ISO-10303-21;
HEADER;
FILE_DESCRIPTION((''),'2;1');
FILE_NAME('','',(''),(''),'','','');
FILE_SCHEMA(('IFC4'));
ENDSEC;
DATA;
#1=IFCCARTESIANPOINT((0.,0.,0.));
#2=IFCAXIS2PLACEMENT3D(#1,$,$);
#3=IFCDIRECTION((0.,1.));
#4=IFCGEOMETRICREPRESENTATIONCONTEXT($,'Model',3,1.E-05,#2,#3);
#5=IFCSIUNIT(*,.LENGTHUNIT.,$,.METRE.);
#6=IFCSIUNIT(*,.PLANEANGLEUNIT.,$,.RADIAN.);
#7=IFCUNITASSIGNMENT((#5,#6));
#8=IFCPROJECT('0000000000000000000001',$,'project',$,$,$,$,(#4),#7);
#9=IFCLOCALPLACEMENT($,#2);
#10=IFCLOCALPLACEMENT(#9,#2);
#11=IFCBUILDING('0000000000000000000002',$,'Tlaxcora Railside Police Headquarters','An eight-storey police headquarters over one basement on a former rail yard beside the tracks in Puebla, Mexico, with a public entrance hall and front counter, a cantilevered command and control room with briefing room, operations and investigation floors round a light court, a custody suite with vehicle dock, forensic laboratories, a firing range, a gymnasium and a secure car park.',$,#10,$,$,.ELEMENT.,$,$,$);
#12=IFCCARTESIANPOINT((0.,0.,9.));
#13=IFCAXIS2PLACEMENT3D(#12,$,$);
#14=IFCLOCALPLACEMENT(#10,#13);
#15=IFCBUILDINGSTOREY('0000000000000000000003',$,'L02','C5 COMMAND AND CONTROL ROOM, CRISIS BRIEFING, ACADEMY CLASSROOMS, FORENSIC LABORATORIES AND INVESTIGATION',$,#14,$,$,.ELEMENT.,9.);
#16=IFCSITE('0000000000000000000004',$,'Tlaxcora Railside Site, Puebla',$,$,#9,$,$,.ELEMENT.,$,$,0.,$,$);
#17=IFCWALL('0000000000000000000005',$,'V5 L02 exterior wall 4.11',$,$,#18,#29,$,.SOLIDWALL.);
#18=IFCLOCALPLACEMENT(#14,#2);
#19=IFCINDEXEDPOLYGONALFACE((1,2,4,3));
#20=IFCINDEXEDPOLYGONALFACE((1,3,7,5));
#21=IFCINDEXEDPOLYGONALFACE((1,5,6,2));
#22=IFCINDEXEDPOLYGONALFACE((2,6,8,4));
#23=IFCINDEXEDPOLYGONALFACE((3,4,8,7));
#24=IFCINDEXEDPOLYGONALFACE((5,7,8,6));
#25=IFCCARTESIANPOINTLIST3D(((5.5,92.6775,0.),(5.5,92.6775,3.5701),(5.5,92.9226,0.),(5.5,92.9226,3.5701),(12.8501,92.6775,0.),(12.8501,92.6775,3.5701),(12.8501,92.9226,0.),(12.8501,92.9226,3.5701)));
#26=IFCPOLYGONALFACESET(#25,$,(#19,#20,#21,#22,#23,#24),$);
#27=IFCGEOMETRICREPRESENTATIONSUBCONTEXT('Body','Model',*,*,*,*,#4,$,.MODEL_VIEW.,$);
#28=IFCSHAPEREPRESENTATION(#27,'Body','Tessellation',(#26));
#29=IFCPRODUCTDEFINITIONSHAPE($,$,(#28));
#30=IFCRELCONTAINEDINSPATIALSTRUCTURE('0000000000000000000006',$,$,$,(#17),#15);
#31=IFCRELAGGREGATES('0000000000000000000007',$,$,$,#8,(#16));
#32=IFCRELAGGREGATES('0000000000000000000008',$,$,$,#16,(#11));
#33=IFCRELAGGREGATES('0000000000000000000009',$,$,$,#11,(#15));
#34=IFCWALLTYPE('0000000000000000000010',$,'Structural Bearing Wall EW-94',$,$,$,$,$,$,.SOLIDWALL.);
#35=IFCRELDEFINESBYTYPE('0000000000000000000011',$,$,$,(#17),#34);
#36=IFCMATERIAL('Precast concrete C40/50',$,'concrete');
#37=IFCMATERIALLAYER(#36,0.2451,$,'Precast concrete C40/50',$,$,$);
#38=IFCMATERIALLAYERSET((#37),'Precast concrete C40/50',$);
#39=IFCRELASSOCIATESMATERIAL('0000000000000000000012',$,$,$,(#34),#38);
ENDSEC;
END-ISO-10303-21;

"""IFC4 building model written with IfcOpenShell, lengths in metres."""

from ifc_helpers import new_model, si_unit, direction, frame, frame_2d, origin, place, context, subcontext, project, spatial, rectangle, extrude, material, layer, layer_set, type_object, element, save


model = new_model("IFC4")

# Units and contexts
model_context = context("Model", 3, precision=1e-05, world=origin(), true_north=direction((0.0, 1.0)))
body_context = subcontext(model_context, "Body", "Model", "MODEL_VIEW")
ifc_project = project(units=[si_unit("LENGTHUNIT", "METRE"), si_unit("PLANEANGLEUNIT", "RADIAN")], contexts=[model_context])

# Site, building, storey
site_placement = place(None, origin())
site = spatial("IfcSite", under=ifc_project, at=site_placement, Name="Tlaxcora Railside Site, Puebla", CompositionType="ELEMENT", RefElevation=0.0)
building_placement = place(site_placement, origin())
building = spatial("IfcBuilding", under=site, at=building_placement, Name="Tlaxcora Railside Police Headquarters", Description="An eight-storey police headquarters over one basement on a former rail yard beside the tracks in Puebla, Mexico, with a public entrance hall and front counter, a cantilevered command and control room with briefing room, operations and investigation floors round a light court, a custody suite with vehicle dock, forensic laboratories, a firing range, a gymnasium and a secure car park.", CompositionType="ELEMENT")
storey_placement = place(building_placement, frame((0.0, 0.0, 9.0)))
storey = spatial("IfcBuildingStorey", under=building, at=storey_placement, Name="L02", Description="C5 COMMAND AND CONTROL ROOM, CRISIS BRIEFING, ACADEMY CLASSROOMS, FORENSIC LABORATORIES AND INVESTIGATION", CompositionType="ELEMENT", Elevation=9.0)

# Wall
ifc_material_1 = material(Name="Precast concrete C40/50", Category="concrete")
ifc_layer_1 = layer(ifc_material_1, 0.2451, Name="Precast concrete C40/50")
ifc_layer_set_1 = layer_set([ifc_layer_1], Name="Precast concrete C40/50")
wall_type = type_object("IfcWallType", Name="Structural Bearing Wall EW-94", PredefinedType="SOLIDWALL", material=ifc_layer_set_1)
wall_placement = place(storey_placement, frame((12.8501, 92.8, 0.0), z_axis=(0.0, 0.0, 1.0), x_axis=(-1.0, 0.0, 0.0)))
element("IfcWall", 1, at=wall_placement, inside=storey, type_object=wall_type, Name="V5 L02 exterior wall 4.11", PredefinedType="SOLIDWALL", context=body_context, shape_type="SweptSolid", body=[
    extrude(rectangle(XDim=7.3501, YDim=0.2451, at=frame_2d((3.675, 0.0))), origin(), (0.0, 0.0, 1.0), 3.5701),
])

save(model, "model.ifc")
